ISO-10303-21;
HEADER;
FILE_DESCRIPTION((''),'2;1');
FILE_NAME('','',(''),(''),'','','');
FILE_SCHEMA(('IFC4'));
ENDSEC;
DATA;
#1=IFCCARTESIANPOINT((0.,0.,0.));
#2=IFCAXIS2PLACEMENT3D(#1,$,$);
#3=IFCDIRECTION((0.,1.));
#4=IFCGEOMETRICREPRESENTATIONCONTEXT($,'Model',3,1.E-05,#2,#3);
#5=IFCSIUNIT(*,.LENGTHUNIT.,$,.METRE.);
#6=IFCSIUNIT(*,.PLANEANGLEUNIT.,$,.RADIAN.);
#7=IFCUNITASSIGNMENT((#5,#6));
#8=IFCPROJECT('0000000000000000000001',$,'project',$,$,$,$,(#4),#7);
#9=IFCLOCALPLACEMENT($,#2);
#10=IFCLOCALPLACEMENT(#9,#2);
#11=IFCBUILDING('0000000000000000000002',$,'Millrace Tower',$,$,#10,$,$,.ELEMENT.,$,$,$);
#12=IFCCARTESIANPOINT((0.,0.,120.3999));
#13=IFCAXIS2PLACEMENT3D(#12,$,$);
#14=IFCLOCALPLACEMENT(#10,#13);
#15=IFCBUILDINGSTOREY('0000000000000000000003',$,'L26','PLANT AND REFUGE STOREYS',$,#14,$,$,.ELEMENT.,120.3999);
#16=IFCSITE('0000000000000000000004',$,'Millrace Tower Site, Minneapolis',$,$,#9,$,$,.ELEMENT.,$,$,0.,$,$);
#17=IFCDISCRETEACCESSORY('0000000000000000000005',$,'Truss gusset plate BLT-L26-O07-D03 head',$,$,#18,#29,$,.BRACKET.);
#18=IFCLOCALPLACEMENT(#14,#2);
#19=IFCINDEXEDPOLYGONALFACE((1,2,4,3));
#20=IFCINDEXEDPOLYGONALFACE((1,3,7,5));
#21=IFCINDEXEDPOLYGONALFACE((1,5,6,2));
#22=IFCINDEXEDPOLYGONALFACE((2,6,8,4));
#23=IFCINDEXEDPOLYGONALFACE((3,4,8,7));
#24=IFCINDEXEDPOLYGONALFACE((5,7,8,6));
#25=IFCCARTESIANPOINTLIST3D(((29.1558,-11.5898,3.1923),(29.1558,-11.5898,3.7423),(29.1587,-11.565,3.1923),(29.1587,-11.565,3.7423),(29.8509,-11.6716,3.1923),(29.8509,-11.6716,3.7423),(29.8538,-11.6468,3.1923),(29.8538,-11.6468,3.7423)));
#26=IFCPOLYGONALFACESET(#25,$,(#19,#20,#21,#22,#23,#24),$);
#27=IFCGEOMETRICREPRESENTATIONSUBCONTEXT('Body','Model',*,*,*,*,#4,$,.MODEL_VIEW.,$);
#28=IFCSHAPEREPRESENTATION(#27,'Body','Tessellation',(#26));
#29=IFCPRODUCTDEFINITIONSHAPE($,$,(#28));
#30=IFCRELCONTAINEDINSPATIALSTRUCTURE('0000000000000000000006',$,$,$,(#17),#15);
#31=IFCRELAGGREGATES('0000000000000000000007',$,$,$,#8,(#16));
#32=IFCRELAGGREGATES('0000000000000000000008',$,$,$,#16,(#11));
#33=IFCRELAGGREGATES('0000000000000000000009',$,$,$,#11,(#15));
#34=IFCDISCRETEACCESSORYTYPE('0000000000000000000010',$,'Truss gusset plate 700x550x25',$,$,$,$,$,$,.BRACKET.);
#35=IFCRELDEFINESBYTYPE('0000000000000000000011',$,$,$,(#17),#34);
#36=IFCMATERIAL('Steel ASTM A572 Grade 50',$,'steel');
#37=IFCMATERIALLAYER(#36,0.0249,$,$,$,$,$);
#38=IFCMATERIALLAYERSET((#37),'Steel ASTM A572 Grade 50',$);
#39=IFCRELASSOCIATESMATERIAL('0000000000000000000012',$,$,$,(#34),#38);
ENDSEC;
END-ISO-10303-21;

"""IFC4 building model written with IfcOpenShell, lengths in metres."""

from ifc_helpers import new_model, si_unit, direction, frame, origin, origin_2d, place, context, subcontext, project, spatial, rectangle, extrude, material, layer, layer_set, type_object, element, save


model = new_model("IFC4")

# Units and contexts
model_context = context("Model", 3, precision=1e-05, world=origin(), true_north=direction((0.0, 1.0)))
body_context = subcontext(model_context, "Body", "Model", "MODEL_VIEW")
ifc_project = project(units=[si_unit("LENGTHUNIT", "METRE"), si_unit("PLANEANGLEUNIT", "RADIAN")], contexts=[model_context])

# Site, building, storey
site_placement = place(None, origin())
site = spatial("IfcSite", under=ifc_project, at=site_placement, Name="Millrace Tower Site, Minneapolis", CompositionType="ELEMENT", RefElevation=0.0)
building_placement = place(site_placement, origin())
building = spatial("IfcBuilding", under=site, at=building_placement, Name="Millrace Tower", CompositionType="ELEMENT")
storey_placement = place(building_placement, frame((0.0, 0.0, 120.3999)))
storey = spatial("IfcBuildingStorey", under=building, at=storey_placement, Name="L26", Description="PLANT AND REFUGE STOREYS", CompositionType="ELEMENT", Elevation=120.3999)

# Discrete accessory
ifc_material_1 = material(Name="Steel ASTM A572 Grade 50", Category="steel")
ifc_layer_1 = layer(ifc_material_1, 0.0249)
ifc_layer_set_1 = layer_set([ifc_layer_1], Name="Steel ASTM A572 Grade 50")
discrete_accessory_type_1 = type_object("IfcDiscreteAccessoryType", Name="Truss gusset plate 700x550x25", PredefinedType="BRACKET", material=ifc_layer_set_1)
for number, where, z_axis, x_axis, name in (
    (1, (29.1572, -11.5774, 3.4673), (0.993148, -0.116861, 0.0), (0.116861, 0.993148, 0.0), "Truss gusset plate BLT-L26-O07-D03 head"),
):
    element("IfcDiscreteAccessory", number, at=place(storey_placement, frame(where, z_axis=z_axis, x_axis=x_axis)), inside=storey, type_object=discrete_accessory_type_1, Name=name, PredefinedType="BRACKET", context=body_context, shape_type="SweptSolid", body=[
        extrude(rectangle(XDim=0.0249, YDim=0.55, at=origin_2d()), origin(), (0.0, 0.0, 1.0), 0.7),
    ])

save(model, "model.ifc")
